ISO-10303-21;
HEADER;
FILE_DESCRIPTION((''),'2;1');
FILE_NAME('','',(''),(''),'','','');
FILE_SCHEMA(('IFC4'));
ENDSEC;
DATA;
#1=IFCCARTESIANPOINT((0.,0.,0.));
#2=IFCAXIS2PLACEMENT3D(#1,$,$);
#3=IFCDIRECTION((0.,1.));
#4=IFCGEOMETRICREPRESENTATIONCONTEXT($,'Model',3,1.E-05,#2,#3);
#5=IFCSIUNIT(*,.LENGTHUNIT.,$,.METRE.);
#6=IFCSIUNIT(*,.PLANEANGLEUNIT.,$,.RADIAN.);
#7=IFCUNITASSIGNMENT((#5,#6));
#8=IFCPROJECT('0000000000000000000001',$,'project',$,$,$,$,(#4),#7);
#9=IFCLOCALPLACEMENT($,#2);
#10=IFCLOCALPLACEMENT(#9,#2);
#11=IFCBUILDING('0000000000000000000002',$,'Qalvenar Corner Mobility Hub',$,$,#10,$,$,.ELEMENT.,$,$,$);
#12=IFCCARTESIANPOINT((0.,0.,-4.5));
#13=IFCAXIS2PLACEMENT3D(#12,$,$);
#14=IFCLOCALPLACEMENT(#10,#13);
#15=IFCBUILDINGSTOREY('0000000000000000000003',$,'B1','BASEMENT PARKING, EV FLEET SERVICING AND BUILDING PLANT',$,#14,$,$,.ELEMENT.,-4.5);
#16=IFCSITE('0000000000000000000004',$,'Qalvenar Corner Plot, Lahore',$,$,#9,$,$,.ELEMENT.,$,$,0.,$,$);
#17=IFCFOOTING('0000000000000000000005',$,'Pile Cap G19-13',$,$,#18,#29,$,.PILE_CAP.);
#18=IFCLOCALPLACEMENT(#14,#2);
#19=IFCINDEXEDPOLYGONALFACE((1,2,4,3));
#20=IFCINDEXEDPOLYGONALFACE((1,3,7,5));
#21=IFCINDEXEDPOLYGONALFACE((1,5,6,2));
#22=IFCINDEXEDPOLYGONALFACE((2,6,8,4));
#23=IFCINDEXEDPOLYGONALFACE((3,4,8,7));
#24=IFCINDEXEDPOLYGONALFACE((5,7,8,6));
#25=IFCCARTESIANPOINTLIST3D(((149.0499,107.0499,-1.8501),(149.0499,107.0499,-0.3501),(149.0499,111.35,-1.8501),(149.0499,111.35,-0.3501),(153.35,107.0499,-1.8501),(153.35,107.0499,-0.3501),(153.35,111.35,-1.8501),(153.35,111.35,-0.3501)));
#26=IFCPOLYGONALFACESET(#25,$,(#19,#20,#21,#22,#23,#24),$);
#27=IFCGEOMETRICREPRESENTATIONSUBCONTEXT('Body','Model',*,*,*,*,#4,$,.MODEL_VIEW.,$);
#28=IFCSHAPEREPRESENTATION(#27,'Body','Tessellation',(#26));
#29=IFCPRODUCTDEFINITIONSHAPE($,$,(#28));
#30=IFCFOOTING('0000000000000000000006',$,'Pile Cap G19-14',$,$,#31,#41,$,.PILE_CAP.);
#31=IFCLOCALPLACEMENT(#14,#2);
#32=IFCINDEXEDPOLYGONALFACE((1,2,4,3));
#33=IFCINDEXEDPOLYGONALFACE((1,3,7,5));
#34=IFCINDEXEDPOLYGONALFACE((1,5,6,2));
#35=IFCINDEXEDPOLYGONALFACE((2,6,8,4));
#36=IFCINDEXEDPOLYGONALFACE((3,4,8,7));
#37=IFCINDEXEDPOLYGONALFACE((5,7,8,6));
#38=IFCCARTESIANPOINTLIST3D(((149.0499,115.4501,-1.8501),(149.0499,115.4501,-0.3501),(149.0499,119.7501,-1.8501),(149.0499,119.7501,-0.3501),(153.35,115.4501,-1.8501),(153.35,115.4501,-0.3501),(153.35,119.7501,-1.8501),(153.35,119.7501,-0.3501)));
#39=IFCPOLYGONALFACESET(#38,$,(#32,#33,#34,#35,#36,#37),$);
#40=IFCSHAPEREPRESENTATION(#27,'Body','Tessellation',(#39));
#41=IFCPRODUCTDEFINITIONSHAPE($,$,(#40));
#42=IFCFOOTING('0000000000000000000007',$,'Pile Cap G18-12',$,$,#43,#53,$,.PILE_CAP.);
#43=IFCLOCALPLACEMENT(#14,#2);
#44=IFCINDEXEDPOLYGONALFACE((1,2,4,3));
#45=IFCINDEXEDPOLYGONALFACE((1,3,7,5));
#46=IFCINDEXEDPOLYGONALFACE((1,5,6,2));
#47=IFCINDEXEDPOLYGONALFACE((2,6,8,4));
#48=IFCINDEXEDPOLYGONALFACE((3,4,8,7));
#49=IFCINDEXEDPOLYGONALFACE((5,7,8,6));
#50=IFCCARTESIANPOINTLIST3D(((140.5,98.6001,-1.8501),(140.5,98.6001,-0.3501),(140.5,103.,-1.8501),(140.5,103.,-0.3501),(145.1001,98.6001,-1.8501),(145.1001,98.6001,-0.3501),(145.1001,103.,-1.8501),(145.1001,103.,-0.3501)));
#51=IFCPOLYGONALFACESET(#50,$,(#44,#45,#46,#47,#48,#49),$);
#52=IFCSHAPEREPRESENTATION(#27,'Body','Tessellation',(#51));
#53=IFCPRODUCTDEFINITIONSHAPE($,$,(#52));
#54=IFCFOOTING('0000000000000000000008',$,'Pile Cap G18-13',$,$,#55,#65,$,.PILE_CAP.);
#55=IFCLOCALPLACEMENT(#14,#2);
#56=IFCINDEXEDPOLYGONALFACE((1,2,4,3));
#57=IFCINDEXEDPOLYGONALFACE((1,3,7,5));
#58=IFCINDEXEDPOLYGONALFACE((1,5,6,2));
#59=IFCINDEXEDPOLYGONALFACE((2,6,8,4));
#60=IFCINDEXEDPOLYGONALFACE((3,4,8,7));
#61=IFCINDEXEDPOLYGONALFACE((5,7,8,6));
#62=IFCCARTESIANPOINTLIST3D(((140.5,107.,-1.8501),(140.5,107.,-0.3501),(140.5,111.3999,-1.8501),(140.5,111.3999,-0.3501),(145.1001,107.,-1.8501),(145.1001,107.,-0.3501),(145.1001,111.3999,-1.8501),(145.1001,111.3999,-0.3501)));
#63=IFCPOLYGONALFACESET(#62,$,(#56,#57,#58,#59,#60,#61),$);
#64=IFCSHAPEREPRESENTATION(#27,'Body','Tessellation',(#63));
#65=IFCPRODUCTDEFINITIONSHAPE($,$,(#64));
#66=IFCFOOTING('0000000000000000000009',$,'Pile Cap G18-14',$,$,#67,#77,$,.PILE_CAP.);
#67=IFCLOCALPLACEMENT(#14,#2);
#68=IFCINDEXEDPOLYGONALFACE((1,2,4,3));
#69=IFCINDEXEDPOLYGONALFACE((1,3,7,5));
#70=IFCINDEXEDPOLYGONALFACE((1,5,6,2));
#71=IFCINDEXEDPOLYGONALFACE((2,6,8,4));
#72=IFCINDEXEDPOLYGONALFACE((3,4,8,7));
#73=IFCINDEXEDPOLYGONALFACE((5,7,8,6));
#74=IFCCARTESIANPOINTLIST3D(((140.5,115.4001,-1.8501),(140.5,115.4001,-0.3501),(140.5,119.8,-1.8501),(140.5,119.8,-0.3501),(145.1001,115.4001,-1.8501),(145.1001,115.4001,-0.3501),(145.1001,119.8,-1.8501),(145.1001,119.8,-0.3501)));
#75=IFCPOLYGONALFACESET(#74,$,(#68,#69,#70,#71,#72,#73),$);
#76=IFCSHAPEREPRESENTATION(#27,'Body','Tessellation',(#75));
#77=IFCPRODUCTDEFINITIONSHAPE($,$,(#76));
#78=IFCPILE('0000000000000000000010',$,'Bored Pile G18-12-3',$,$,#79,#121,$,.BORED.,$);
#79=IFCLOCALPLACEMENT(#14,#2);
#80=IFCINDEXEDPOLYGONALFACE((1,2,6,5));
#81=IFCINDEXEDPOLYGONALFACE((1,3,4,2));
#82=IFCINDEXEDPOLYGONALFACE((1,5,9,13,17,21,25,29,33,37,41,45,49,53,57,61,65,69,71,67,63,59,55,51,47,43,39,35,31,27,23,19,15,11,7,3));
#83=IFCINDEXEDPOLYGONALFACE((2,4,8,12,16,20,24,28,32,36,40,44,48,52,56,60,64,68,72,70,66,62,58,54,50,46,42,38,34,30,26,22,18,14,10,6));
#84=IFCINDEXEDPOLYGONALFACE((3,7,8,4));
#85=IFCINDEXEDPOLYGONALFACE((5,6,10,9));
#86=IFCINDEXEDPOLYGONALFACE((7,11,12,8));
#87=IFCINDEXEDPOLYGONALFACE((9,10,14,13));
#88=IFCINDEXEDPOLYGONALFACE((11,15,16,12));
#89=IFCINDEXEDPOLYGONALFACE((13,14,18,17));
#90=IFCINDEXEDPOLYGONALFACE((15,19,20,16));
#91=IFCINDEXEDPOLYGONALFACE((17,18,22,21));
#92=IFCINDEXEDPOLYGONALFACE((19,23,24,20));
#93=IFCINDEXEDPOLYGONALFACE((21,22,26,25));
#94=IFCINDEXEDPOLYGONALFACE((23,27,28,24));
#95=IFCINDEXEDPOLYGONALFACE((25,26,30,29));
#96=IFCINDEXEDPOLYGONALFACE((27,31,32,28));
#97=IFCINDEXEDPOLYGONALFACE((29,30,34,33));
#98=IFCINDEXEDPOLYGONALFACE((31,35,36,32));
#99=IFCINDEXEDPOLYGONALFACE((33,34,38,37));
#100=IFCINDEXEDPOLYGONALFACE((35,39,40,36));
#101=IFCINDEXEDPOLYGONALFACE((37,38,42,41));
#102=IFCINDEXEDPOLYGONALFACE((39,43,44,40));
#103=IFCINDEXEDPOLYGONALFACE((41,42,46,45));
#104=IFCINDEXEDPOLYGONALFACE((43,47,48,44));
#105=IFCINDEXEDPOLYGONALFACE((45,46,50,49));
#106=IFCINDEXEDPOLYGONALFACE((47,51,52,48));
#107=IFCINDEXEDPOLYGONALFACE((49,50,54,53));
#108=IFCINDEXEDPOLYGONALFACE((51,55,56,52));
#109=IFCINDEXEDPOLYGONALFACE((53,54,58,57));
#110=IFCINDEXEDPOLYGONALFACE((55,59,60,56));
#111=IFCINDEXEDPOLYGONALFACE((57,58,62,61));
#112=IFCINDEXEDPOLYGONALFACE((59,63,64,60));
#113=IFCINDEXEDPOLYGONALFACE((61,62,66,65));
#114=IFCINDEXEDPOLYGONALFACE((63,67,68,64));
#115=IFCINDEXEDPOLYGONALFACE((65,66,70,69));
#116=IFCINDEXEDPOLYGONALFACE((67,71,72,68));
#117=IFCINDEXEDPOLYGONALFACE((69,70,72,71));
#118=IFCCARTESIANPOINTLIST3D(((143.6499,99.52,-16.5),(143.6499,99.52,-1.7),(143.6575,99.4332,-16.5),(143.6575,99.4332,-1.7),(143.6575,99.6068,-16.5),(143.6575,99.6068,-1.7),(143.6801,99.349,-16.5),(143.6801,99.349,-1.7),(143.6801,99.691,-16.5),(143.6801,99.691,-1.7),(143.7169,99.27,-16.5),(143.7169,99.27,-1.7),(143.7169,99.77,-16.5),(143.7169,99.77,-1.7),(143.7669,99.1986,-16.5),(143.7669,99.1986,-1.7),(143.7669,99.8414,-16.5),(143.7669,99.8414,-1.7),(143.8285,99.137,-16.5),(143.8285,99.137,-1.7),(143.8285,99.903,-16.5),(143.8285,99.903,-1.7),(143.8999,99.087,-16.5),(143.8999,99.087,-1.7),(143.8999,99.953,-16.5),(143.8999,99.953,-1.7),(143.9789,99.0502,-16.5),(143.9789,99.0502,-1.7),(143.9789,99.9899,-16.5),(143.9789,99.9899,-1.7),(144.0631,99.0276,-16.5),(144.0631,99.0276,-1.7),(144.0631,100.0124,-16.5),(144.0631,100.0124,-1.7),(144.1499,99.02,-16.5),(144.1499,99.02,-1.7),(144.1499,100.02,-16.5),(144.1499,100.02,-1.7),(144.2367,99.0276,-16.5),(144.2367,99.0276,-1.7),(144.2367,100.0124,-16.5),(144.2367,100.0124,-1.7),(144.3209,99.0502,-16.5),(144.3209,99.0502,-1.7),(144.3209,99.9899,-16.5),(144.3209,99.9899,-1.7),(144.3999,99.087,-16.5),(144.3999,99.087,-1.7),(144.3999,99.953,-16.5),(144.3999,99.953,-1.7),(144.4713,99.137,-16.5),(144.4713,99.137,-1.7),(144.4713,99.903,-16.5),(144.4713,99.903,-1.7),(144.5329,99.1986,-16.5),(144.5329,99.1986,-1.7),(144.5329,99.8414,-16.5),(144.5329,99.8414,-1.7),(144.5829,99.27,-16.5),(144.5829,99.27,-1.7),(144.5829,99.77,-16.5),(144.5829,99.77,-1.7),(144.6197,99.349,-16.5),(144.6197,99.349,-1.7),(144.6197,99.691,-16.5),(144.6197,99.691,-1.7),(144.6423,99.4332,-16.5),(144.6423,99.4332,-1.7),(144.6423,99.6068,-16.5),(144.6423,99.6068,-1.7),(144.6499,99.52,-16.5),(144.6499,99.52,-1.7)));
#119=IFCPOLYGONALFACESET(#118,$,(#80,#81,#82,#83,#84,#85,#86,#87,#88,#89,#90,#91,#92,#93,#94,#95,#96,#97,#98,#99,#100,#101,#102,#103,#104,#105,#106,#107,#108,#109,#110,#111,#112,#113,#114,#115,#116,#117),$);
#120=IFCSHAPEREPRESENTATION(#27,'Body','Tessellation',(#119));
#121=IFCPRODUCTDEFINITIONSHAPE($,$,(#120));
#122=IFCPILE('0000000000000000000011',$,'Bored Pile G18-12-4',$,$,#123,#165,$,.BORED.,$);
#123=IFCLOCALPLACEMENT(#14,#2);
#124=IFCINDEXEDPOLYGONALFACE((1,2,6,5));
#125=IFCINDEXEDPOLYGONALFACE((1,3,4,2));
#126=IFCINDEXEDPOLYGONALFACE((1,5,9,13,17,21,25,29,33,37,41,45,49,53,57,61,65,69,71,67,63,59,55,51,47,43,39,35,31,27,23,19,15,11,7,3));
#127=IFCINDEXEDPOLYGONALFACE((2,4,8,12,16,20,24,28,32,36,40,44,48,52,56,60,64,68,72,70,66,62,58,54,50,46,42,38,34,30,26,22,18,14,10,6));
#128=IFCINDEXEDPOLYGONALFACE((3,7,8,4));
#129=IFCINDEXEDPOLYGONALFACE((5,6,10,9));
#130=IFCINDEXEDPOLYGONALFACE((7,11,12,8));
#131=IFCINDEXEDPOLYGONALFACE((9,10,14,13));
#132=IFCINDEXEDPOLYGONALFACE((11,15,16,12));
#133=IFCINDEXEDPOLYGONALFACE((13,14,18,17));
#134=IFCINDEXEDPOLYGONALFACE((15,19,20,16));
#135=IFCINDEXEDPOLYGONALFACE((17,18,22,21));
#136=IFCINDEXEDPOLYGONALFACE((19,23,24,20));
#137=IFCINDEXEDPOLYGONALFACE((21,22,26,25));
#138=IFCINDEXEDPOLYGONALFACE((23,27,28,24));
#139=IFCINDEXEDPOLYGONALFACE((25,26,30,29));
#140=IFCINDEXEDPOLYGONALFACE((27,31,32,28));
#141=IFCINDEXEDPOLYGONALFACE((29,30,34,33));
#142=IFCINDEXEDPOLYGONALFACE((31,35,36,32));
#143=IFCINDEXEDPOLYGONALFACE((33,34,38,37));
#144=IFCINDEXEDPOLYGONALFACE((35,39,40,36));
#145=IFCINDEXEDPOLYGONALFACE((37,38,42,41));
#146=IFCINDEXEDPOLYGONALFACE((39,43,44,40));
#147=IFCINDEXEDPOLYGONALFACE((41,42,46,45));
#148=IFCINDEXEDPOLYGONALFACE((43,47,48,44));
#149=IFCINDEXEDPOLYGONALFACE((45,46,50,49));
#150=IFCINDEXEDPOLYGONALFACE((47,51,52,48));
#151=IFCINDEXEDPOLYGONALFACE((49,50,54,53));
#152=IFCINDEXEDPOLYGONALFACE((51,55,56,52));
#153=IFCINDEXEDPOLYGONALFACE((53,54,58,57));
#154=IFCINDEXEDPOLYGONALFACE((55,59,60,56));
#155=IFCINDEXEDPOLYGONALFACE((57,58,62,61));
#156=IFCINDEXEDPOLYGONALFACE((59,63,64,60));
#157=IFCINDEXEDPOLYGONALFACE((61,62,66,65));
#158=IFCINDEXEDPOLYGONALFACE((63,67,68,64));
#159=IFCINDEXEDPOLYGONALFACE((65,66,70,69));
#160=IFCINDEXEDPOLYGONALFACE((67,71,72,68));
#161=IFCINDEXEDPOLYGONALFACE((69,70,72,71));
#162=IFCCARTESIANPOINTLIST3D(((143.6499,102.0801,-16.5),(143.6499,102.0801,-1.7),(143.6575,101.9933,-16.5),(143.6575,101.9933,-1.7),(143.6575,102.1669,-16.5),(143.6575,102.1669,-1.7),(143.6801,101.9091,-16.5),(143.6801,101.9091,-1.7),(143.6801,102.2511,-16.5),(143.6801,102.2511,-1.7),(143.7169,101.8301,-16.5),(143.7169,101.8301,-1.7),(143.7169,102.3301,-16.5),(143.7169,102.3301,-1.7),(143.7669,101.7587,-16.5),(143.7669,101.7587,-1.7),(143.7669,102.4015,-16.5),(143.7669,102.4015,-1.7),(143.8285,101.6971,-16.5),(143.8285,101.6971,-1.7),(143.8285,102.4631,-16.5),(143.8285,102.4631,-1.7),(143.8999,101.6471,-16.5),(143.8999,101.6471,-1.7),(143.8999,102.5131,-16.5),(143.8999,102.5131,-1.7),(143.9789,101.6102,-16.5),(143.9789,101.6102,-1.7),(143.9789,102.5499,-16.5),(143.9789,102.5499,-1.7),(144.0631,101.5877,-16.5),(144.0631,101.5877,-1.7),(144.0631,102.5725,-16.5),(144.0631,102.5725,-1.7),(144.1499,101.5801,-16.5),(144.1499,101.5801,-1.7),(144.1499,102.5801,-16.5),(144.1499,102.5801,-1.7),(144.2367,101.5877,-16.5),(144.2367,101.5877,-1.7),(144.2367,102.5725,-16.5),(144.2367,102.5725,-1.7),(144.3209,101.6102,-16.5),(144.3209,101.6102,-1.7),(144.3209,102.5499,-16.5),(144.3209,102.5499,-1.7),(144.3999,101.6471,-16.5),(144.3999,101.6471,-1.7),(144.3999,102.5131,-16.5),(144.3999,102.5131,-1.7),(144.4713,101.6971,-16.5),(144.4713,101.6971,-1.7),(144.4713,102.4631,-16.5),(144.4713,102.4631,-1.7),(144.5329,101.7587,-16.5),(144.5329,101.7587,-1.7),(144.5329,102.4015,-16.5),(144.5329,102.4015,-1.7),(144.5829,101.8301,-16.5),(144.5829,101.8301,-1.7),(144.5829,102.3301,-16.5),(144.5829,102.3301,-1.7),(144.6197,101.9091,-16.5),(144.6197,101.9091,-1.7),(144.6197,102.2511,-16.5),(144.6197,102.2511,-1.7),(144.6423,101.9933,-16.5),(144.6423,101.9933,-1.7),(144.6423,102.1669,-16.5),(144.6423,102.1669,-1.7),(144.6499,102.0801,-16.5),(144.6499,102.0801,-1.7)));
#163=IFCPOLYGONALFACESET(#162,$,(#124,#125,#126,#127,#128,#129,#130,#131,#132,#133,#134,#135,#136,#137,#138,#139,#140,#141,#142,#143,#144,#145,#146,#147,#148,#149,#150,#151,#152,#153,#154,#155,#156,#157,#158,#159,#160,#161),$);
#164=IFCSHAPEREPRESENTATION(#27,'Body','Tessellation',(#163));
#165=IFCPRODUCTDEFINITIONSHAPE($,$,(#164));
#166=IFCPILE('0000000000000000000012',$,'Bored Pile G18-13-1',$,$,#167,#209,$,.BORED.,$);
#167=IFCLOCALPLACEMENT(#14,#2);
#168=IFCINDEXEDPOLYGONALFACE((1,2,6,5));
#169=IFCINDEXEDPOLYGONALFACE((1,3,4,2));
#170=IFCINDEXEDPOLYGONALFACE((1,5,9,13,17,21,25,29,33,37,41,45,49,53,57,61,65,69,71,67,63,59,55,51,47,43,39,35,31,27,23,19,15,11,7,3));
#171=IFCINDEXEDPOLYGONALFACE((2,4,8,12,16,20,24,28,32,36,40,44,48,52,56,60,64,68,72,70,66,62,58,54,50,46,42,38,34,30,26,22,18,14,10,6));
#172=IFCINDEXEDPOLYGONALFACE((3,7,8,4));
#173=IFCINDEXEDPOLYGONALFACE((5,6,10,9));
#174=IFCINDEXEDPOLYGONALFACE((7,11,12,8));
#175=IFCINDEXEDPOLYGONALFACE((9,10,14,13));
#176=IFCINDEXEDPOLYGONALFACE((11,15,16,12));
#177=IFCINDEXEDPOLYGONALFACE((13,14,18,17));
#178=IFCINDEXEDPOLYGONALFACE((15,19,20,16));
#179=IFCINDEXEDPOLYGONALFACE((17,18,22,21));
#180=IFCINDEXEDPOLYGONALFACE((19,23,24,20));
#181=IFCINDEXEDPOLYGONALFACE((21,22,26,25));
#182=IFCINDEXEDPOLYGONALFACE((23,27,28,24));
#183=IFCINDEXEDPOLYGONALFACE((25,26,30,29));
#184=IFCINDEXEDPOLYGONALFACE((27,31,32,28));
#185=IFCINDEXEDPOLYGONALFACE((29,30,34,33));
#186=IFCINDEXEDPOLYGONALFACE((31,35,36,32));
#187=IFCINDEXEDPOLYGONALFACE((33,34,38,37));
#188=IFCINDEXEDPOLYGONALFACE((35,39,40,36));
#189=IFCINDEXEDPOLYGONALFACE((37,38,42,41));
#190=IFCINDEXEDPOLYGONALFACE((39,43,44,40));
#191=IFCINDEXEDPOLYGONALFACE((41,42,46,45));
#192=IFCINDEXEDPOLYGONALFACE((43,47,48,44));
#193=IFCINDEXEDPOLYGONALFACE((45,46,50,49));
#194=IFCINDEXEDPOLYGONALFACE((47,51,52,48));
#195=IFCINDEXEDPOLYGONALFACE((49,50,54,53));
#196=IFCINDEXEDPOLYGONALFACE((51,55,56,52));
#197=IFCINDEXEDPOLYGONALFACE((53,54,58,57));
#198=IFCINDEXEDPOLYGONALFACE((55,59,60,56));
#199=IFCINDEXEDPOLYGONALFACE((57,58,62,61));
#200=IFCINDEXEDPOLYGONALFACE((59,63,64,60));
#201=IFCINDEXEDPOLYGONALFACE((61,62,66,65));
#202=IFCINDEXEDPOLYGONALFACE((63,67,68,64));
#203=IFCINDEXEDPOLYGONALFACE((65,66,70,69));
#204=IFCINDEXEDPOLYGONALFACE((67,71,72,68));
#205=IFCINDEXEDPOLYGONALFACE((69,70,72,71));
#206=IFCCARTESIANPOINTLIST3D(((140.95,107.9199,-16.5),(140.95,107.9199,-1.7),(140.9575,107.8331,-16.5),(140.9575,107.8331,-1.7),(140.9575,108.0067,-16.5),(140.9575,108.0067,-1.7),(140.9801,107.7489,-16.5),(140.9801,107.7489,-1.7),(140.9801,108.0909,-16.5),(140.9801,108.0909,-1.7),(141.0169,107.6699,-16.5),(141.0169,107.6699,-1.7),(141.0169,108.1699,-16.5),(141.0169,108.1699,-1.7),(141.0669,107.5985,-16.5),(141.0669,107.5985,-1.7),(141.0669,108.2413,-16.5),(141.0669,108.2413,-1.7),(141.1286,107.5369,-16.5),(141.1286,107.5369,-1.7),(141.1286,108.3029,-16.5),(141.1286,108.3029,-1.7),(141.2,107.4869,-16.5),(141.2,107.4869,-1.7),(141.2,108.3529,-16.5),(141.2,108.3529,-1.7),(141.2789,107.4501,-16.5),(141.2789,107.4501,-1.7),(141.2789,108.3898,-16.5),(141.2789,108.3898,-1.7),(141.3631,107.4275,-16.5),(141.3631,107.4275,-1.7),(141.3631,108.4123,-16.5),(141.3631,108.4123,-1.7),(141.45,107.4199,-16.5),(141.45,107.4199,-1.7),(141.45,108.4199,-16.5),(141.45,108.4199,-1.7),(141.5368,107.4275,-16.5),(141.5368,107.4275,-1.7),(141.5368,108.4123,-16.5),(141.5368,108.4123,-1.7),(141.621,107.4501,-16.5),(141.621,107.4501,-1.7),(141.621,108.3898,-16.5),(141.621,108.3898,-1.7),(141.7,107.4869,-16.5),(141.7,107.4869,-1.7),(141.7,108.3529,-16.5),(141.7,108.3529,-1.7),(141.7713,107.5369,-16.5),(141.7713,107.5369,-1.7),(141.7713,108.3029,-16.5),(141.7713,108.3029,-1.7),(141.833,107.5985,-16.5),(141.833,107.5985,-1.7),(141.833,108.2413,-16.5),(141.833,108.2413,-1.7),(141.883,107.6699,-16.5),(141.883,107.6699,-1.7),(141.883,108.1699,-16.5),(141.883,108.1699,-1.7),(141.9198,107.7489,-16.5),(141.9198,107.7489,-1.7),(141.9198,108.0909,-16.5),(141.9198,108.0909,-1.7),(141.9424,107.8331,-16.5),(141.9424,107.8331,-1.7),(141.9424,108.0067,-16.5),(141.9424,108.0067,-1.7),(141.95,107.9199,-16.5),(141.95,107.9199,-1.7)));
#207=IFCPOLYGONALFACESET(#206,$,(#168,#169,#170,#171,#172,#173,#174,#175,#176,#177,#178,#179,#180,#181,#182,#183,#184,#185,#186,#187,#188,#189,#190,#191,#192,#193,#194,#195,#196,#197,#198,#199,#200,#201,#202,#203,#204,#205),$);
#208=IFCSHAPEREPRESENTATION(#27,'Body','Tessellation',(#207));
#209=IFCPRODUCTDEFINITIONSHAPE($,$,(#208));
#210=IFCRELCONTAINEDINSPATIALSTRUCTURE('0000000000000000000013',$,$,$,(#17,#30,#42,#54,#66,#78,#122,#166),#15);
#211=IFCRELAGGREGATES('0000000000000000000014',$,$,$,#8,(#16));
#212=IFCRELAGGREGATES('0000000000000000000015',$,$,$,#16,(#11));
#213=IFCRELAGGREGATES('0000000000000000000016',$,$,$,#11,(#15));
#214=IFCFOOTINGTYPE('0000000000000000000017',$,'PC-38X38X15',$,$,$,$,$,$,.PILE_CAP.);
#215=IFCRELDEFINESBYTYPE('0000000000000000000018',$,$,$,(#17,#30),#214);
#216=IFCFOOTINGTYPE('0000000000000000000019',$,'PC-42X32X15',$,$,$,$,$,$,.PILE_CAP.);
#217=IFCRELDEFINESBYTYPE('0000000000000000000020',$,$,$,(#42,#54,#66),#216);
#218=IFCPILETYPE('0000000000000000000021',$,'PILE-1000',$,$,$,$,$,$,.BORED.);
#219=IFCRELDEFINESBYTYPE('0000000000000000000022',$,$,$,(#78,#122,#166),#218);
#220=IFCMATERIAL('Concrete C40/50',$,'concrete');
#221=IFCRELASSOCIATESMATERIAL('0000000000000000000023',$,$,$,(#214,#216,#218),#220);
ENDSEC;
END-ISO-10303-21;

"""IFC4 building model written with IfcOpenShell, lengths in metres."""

from ifc_helpers import new_model, si_unit, direction, frame, origin, origin_2d, place, context, subcontext, project, spatial, rectangle, circle, extrude, material, material_profile, profile_set, type_object, element, save


model = new_model("IFC4")

# Units and contexts
model_context = context("Model", 3, precision=1e-05, world=origin(), true_north=direction((0.0, 1.0)))
body_context = subcontext(model_context, "Body", "Model", "MODEL_VIEW")
ifc_project = project(units=[si_unit("LENGTHUNIT", "METRE"), si_unit("PLANEANGLEUNIT", "RADIAN")], contexts=[model_context])

# Site, building, storey
site_placement = place(None, origin())
site = spatial("IfcSite", under=ifc_project, at=site_placement, Name="Qalvenar Corner Plot, Lahore", CompositionType="ELEMENT", RefElevation=0.0)
building_placement = place(site_placement, origin())
building = spatial("IfcBuilding", under=site, at=building_placement, Name="Qalvenar Corner Mobility Hub", CompositionType="ELEMENT")
storey_placement = place(building_placement, frame((0.0, 0.0, -4.5)))
storey = spatial("IfcBuildingStorey", under=building, at=storey_placement, Name="B1", Description="BASEMENT PARKING, EV FLEET SERVICING AND BUILDING PLANT", CompositionType="ELEMENT", Elevation=-4.5)

# Footings
ifc_material_1 = material(Name="Concrete C40/50", Category="concrete")
footing_type_1 = type_object("IfcFootingType", Name="PC-38X38X15", PredefinedType="PILE_CAP", material=ifc_material_1)
for number, where, z_axis, x_axis, name in (
    (1, (151.2, 109.2, -1.8501), (0.0, 0.0, 1.0), (1.0, 0.0, 0.0), "Pile Cap G19-13"),
    (2, (151.2, 117.6001, -1.8501), (0.0, 0.0, 1.0), (1.0, 0.0, 0.0), "Pile Cap G19-14"),
):
    element("IfcFooting", number, at=place(storey_placement, frame(where, z_axis=z_axis, x_axis=x_axis)), inside=storey, type_object=footing_type_1, Name=name, PredefinedType="PILE_CAP", context=body_context, shape_type="SweptSolid", body=[
        extrude(rectangle(XDim=4.3, YDim=4.3, at=origin_2d()), origin(), (0.0, 0.0, 1.0), 1.5),
    ])
footing_type_2 = type_object("IfcFootingType", Name="PC-42X32X15", PredefinedType="PILE_CAP", material=ifc_material_1)
for number, where, z_axis, x_axis, name in (
    (3, (142.8, 100.8, -1.8501), (0.0, 0.0, 1.0), (1.0, 0.0, 0.0), "Pile Cap G18-12"),
    (4, (142.8, 109.2, -1.8501), (0.0, 0.0, 1.0), (1.0, 0.0, 0.0), "Pile Cap G18-13"),
    (5, (142.8, 117.6001, -1.8501), (0.0, 0.0, 1.0), (1.0, 0.0, 0.0), "Pile Cap G18-14"),
):
    element("IfcFooting", number, at=place(storey_placement, frame(where, z_axis=z_axis, x_axis=x_axis)), inside=storey, type_object=footing_type_2, Name=name, PredefinedType="PILE_CAP", context=body_context, shape_type="SweptSolid", body=[
        extrude(rectangle(XDim=4.6001, YDim=4.3999, at=origin_2d()), origin(), (0.0, 0.0, 1.0), 1.5),
    ])

# Piles
ifc_material_profile_1 = material_profile(ifc_material_1, circle(Radius=0.5, at=origin_2d()), Name="DIA1000")
ifc_profile_set_1 = profile_set([ifc_material_profile_1], Name="Concrete C40/50")
pile_type = type_object("IfcPileType", Name="PILE-1000", PredefinedType="BORED", material=ifc_profile_set_1)
for number, where, z_axis, x_axis, name in (
    (6, (144.1499, 99.52, -1.7), (0.0, 0.0, -1.0), (1.0, 0.0, 0.0), "Bored Pile G18-12-3"),
    (7, (144.1499, 102.0801, -1.7), (0.0, 0.0, -1.0), (1.0, 0.0, 0.0), "Bored Pile G18-12-4"),
    (8, (141.45, 107.9199, -1.7), (0.0, 0.0, -1.0), (1.0, 0.0, 0.0), "Bored Pile G18-13-1"),
):
    element("IfcPile", number, at=place(storey_placement, frame(where, z_axis=z_axis, x_axis=x_axis)), inside=storey, type_object=pile_type, Name=name, PredefinedType="BORED", context=body_context, shape_type="SweptSolid", body=[
        extrude(circle(Radius=0.5, at=origin_2d()), origin(), (0.0, 0.0, 1.0), 14.8),
    ])

save(model, "model.ifc")
